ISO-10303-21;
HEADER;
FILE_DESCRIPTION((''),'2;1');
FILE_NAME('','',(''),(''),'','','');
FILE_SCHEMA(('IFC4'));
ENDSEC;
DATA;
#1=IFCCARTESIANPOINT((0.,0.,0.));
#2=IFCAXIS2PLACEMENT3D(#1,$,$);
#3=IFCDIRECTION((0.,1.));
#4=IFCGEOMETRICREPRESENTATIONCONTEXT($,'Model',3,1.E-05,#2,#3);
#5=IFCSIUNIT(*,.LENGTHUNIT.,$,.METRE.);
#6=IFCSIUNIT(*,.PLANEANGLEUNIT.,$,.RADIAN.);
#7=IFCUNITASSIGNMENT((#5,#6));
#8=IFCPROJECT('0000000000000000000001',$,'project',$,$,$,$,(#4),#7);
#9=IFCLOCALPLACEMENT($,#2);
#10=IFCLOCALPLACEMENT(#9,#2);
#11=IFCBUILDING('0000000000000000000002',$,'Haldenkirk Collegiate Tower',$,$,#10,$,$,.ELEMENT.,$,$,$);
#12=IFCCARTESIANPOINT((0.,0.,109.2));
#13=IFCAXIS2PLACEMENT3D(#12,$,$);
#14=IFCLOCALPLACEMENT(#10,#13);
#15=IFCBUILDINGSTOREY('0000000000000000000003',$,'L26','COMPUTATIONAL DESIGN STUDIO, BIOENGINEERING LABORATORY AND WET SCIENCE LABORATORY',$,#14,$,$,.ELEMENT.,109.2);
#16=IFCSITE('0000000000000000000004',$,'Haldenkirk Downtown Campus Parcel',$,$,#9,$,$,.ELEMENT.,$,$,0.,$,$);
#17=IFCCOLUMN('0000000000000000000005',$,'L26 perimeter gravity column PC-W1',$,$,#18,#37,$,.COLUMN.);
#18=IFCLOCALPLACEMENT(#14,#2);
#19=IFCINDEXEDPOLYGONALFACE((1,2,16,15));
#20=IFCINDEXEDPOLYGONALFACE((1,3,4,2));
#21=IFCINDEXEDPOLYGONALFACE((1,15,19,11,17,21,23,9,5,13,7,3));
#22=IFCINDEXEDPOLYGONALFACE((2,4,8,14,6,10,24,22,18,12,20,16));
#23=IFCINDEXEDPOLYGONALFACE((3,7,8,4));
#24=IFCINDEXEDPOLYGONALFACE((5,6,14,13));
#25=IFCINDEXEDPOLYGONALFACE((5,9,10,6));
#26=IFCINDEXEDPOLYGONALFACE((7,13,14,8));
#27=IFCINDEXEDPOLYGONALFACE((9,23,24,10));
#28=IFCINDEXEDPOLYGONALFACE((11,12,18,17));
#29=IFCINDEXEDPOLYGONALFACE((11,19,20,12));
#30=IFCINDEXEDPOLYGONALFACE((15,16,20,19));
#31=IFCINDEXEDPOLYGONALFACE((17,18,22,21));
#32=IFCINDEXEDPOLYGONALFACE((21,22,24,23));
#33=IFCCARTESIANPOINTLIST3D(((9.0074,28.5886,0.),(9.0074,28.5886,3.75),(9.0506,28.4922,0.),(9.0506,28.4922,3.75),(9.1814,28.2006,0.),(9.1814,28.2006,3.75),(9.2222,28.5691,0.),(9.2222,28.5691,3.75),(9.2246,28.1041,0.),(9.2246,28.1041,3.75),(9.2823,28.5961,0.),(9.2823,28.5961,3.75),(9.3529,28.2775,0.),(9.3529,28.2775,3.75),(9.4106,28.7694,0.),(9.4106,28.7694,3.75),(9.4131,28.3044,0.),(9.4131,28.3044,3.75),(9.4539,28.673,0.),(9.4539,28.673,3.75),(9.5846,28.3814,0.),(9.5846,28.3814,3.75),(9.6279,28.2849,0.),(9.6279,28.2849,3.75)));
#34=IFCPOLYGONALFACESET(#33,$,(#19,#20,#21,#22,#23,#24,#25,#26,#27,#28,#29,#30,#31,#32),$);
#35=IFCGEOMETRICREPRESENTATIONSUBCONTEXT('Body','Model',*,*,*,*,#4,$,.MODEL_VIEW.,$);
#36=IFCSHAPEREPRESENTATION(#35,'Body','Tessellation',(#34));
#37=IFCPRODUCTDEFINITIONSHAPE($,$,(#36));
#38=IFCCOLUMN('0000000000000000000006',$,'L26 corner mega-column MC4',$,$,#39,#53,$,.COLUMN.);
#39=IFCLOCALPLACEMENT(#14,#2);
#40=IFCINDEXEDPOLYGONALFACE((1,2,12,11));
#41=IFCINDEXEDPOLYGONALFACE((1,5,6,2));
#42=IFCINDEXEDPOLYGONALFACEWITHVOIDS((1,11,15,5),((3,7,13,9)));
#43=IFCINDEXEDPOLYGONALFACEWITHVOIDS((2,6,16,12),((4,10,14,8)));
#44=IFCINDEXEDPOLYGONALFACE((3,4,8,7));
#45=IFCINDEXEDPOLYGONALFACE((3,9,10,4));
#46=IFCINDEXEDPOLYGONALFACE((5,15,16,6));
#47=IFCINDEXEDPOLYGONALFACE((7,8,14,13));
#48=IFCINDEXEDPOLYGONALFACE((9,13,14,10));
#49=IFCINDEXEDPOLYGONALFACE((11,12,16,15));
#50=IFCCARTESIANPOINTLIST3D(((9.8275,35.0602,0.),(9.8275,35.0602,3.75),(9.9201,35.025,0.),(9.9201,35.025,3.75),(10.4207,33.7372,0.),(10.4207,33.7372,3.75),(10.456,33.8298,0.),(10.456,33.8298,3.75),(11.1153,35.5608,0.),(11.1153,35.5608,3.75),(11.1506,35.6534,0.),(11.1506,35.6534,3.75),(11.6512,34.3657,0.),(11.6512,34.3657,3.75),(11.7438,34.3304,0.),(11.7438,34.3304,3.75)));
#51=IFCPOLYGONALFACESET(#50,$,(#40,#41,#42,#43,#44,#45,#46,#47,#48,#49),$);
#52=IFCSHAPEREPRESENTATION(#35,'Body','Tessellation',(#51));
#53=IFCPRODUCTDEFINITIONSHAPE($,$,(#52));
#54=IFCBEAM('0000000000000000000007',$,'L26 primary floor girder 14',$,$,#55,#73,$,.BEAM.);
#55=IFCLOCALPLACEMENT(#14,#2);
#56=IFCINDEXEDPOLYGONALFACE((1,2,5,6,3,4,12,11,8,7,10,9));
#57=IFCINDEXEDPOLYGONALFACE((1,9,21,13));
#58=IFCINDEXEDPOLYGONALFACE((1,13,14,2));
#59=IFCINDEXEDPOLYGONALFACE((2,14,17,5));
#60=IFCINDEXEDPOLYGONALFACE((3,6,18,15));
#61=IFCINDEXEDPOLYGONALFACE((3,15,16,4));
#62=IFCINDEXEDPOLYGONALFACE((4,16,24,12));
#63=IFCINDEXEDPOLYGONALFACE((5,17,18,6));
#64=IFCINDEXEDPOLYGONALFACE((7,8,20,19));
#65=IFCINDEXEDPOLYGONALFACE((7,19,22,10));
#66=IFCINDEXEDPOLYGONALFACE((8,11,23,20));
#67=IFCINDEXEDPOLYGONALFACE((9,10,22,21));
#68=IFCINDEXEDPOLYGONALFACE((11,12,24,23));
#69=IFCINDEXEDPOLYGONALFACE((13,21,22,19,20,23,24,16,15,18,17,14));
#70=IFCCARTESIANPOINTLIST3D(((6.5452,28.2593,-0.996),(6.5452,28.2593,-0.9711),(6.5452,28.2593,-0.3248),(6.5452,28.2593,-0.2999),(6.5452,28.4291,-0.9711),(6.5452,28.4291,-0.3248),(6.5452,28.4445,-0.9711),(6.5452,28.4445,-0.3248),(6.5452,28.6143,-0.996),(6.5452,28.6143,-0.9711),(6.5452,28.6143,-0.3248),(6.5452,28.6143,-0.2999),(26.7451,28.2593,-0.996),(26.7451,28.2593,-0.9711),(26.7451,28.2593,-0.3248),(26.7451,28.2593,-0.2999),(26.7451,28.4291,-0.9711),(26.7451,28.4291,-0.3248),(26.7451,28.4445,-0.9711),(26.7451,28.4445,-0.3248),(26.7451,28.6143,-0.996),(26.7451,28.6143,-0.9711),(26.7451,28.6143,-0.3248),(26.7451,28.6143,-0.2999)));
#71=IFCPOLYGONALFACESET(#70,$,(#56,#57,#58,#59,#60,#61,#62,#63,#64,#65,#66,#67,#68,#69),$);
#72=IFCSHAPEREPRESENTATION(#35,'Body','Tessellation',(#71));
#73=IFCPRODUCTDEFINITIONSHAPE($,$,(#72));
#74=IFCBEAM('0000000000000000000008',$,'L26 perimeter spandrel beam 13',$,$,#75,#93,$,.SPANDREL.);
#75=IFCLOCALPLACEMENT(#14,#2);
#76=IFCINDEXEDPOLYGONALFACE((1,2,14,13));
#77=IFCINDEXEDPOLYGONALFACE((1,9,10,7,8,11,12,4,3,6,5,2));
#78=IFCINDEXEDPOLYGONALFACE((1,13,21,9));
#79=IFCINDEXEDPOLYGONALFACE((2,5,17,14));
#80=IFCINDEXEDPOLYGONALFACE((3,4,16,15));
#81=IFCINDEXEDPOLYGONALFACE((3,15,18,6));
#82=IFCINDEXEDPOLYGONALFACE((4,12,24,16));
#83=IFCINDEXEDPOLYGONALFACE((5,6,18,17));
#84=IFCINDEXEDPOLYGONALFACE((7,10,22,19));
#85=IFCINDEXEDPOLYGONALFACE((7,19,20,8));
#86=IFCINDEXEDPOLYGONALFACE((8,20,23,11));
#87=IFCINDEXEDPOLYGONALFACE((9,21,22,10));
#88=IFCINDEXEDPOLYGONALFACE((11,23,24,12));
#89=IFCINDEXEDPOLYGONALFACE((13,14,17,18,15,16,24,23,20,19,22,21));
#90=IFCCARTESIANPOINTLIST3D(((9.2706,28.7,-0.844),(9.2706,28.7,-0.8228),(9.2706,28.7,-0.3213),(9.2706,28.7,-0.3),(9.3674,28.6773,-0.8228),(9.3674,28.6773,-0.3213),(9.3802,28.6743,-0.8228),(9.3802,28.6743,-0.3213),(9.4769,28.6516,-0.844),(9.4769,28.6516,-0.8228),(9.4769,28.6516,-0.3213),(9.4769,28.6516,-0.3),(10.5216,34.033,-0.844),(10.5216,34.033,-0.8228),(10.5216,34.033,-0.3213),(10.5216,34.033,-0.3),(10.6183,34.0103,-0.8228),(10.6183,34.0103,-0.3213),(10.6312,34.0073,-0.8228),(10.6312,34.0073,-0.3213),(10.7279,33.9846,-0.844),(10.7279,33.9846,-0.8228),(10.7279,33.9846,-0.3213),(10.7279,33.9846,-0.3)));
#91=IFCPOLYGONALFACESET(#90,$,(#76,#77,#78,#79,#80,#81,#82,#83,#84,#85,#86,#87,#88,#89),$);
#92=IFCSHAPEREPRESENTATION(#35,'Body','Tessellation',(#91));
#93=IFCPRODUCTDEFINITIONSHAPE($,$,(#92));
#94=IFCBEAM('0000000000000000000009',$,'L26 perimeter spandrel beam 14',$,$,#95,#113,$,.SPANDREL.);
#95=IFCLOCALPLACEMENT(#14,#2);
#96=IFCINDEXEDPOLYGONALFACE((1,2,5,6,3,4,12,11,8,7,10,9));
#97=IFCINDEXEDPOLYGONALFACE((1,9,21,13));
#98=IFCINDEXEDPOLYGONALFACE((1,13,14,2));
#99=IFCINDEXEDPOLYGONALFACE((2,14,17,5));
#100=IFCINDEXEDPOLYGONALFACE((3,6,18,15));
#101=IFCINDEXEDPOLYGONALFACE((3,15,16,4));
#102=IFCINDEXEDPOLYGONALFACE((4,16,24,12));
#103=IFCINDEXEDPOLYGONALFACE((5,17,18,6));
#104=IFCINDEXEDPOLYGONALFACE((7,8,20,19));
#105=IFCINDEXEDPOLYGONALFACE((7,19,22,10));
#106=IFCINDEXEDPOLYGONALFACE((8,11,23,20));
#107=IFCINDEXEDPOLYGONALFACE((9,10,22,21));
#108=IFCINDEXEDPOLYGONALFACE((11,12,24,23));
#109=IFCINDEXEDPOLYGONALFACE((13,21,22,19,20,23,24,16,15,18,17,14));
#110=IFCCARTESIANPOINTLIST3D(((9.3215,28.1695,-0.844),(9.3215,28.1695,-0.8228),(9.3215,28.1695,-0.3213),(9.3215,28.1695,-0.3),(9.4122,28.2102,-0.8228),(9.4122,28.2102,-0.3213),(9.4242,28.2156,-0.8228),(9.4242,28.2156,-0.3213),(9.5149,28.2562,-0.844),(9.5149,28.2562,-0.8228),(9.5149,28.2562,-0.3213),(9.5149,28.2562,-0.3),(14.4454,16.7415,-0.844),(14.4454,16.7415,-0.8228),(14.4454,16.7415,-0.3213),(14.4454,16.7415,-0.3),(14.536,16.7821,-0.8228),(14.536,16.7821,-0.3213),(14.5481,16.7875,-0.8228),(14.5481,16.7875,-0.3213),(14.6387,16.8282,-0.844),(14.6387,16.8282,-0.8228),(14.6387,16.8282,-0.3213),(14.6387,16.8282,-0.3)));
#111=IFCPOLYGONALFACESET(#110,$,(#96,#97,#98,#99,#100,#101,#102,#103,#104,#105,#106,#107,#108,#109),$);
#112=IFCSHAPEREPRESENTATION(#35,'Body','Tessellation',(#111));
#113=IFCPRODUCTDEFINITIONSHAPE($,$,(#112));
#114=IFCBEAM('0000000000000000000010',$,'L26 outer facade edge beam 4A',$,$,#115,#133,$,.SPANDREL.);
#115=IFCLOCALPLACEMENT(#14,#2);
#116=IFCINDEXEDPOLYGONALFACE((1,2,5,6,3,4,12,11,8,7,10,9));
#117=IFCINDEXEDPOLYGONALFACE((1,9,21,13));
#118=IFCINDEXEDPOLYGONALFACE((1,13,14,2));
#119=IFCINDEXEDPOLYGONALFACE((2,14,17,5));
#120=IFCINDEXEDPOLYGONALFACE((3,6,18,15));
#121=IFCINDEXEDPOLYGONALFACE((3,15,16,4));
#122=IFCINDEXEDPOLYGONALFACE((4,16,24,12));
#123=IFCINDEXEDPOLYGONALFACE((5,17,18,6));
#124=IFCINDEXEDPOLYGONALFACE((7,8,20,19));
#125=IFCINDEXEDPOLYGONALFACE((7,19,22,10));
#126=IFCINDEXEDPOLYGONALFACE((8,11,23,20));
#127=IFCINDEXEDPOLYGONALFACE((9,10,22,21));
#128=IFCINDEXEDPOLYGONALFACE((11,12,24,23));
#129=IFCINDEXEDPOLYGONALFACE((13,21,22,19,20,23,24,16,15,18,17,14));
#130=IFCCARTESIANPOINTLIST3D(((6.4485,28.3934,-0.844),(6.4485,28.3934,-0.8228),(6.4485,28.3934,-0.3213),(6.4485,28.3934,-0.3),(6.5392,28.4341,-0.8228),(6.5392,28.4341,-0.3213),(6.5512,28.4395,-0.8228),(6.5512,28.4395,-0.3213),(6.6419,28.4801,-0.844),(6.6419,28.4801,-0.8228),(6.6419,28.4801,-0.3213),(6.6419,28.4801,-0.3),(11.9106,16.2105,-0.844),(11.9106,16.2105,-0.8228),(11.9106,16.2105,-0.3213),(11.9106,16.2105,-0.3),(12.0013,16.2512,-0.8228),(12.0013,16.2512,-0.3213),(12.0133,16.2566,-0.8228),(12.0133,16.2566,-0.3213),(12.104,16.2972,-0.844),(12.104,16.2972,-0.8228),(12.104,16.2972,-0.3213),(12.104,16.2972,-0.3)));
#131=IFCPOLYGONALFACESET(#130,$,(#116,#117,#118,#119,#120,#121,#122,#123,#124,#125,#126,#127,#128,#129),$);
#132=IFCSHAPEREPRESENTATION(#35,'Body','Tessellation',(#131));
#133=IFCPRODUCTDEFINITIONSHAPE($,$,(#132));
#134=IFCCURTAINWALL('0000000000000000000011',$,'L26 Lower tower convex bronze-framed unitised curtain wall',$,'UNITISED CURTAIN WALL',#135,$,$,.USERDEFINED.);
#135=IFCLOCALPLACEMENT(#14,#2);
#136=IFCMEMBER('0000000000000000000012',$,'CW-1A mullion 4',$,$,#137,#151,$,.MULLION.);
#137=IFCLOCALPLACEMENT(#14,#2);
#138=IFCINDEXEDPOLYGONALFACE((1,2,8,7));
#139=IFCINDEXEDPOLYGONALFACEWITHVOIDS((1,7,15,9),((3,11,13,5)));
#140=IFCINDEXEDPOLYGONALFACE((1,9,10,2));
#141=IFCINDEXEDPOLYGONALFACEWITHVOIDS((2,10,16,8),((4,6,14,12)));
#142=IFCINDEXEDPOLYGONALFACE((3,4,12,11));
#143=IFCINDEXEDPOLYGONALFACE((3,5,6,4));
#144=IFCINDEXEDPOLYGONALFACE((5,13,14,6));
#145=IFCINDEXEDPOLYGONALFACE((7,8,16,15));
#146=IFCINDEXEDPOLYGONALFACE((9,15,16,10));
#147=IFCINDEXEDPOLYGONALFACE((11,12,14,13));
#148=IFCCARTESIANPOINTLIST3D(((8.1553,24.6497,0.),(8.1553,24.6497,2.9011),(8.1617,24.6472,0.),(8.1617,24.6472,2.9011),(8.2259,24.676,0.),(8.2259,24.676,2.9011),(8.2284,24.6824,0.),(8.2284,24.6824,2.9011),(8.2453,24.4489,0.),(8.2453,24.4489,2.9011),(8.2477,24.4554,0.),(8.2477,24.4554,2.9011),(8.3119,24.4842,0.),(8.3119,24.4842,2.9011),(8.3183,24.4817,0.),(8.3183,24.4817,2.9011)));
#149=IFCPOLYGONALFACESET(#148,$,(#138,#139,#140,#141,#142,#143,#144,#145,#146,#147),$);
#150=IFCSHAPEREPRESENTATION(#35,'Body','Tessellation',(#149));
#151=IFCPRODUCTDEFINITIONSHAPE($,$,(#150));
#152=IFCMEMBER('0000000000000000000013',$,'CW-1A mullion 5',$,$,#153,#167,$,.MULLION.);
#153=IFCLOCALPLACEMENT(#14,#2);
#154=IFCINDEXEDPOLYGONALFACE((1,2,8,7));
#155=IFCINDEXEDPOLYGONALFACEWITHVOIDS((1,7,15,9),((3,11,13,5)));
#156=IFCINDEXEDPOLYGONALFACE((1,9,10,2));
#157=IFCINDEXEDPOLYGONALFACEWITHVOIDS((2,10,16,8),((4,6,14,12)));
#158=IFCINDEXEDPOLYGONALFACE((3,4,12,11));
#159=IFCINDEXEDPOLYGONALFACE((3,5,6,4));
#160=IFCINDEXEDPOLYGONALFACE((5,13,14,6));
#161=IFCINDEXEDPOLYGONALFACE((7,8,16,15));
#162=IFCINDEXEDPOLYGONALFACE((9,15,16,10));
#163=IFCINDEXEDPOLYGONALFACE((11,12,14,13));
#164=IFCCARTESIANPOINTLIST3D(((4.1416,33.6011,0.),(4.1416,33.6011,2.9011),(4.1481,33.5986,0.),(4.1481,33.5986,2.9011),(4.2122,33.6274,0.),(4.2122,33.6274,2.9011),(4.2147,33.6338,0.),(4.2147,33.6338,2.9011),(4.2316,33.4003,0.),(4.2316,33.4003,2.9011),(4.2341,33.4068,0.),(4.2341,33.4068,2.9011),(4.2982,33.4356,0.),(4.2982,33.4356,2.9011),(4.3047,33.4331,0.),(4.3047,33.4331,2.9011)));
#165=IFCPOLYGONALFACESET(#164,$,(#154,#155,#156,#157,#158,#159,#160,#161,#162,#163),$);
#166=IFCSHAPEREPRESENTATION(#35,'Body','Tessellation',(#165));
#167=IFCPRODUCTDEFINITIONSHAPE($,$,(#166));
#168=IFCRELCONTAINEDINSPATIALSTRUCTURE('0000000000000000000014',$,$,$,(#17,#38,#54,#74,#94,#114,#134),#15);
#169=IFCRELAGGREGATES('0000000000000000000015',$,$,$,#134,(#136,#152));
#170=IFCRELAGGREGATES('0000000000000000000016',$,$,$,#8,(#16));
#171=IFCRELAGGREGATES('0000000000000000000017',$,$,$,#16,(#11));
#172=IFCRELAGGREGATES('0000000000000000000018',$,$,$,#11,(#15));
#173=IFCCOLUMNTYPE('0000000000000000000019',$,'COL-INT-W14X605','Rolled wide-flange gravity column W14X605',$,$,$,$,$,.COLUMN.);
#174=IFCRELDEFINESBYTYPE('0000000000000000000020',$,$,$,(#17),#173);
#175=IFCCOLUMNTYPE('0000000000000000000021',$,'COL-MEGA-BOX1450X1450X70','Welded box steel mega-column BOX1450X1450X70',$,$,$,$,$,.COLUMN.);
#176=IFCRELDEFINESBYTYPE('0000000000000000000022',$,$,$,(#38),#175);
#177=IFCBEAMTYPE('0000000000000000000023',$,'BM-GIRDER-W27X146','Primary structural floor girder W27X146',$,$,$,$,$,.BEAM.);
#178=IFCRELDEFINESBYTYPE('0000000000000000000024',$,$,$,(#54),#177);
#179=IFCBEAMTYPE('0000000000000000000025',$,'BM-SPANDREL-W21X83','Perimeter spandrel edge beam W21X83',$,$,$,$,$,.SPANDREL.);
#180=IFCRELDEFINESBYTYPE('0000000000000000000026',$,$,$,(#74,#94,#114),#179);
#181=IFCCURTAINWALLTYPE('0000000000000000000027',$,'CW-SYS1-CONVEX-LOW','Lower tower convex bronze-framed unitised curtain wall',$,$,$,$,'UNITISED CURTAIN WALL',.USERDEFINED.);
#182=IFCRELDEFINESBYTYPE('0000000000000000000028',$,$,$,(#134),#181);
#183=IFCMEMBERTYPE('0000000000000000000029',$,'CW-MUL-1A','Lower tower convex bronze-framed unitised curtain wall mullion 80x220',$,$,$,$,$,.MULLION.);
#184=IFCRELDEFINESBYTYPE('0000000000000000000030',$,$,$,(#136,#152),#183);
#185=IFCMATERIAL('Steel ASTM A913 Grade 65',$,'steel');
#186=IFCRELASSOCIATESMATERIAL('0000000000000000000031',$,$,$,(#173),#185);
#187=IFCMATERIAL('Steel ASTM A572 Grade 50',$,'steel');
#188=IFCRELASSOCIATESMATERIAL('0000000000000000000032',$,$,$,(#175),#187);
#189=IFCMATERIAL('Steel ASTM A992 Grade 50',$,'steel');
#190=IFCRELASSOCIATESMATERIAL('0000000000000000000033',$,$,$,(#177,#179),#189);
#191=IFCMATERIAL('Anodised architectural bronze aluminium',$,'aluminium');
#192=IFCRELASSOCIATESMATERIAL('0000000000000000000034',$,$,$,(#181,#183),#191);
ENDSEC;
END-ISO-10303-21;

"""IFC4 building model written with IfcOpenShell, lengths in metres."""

from ifc_helpers import new_model, si_unit, direction, frame, origin, origin_2d, place, context, subcontext, project, spatial, hollow_rectangle, i_section, extrude, material, material_profile, profile_set, type_object, element, aggregate, save


model = new_model("IFC4")

# Units and contexts
model_context = context("Model", 3, precision=1e-05, world=origin(), true_north=direction((0.0, 1.0)))
body_context = subcontext(model_context, "Body", "Model", "MODEL_VIEW")
ifc_project = project(units=[si_unit("LENGTHUNIT", "METRE"), si_unit("PLANEANGLEUNIT", "RADIAN")], contexts=[model_context])

# Site, building, storey
site_placement = place(None, origin())
site = spatial("IfcSite", under=ifc_project, at=site_placement, Name="Haldenkirk Downtown Campus Parcel", CompositionType="ELEMENT", RefElevation=0.0)
building_placement = place(site_placement, origin())
building = spatial("IfcBuilding", under=site, at=building_placement, Name="Haldenkirk Collegiate Tower", CompositionType="ELEMENT")
storey_placement = place(building_placement, frame((0.0, 0.0, 109.2)))
storey = spatial("IfcBuildingStorey", under=building, at=storey_placement, Name="L26", Description="COMPUTATIONAL DESIGN STUDIO, BIOENGINEERING LABORATORY AND WET SCIENCE LABORATORY", CompositionType="ELEMENT", Elevation=109.2)

# Columns
ifc_material_1 = material(Name="Steel ASTM A913 Grade 65", Category="steel")
ifc_material_profile_1 = material_profile(ifc_material_1, i_section(OverallWidth=0.4419, OverallDepth=0.531, WebThickness=0.0659, FlangeThickness=0.1057, at=origin_2d()), Name="W14X605")
ifc_profile_set_1 = profile_set([ifc_material_profile_1], Name="Steel ASTM A913 Grade 65")
column_type_1 = type_object("IfcColumnType", Name="COL-INT-W14X605", Description="Rolled wide-flange gravity column W14X605", PredefinedType="COLUMN", material=ifc_profile_set_1)
column_1_placement = place(storey_placement, frame((9.3176, 28.4368, 0.0), z_axis=(0.0, 0.0, 1.0), x_axis=(0.912477, 0.409127, 0.0)))
element("IfcColumn", 1, at=column_1_placement, inside=storey, type_object=column_type_1, Name="L26 perimeter gravity column PC-W1", PredefinedType="COLUMN", context=body_context, shape_type="SweptSolid", body=[
    extrude(i_section(OverallWidth=0.4419, OverallDepth=0.531, WebThickness=0.0659, FlangeThickness=0.1057, at=origin_2d()), origin(), (0.0, 0.0, 1.0), 3.75),
])
ifc_material_2 = material(Name="Steel ASTM A572 Grade 50", Category="steel")
ifc_material_profile_2 = material_profile(ifc_material_2, hollow_rectangle(XDim=1.45, YDim=1.45, WallThickness=0.0701, at=origin_2d()), Name="BOX1450X1450X70")
ifc_profile_set_2 = profile_set([ifc_material_profile_2], Name="Steel ASTM A572 Grade 50")
column_type_2 = type_object("IfcColumnType", Name="COL-MEGA-BOX1450X1450X70", Description="Welded box steel mega-column BOX1450X1450X70", PredefinedType="COLUMN", material=ifc_profile_set_2)
column_2_placement = place(storey_placement, frame((10.7856, 34.6953, 0.0), z_axis=(0.0, 0.0, 1.0), x_axis=(0.912477, 0.409127, 0.0)))
element("IfcColumn", 2, at=column_2_placement, inside=storey, type_object=column_type_2, Name="L26 corner mega-column MC4", PredefinedType="COLUMN", context=body_context, shape_type="SweptSolid", body=[
    extrude(hollow_rectangle(XDim=1.45, YDim=1.45, WallThickness=0.0701, at=origin_2d()), origin(), (0.0, 0.0, 1.0), 3.75),
])

# Beams
ifc_material_3 = material(Name="Steel ASTM A992 Grade 50", Category="steel")
ifc_material_profile_3 = material_profile(ifc_material_3, i_section(OverallWidth=0.355, OverallDepth=0.696, WebThickness=0.0154, FlangeThickness=0.0249, at=origin_2d()), Name="W27X146")
ifc_profile_set_3 = profile_set([ifc_material_profile_3], Name="Steel ASTM A992 Grade 50")
beam_type_1 = type_object("IfcBeamType", Name="BM-GIRDER-W27X146", Description="Primary structural floor girder W27X146", PredefinedType="BEAM", material=ifc_profile_set_3)
beam_1_placement = place(storey_placement, frame((6.5452, 28.4368, -0.6479), z_axis=(1.0, 0.0, 0.0), x_axis=(0.0, 1.0, 0.0)))
element("IfcBeam", 3, at=beam_1_placement, inside=storey, type_object=beam_type_1, Name="L26 primary floor girder 14", PredefinedType="BEAM", context=body_context, shape_type="SweptSolid", body=[
    extrude(i_section(OverallWidth=0.355, OverallDepth=0.696, WebThickness=0.0154, FlangeThickness=0.0249, at=origin_2d()), origin(), (0.0, 0.0, 1.0), 20.2),
])
ifc_material_profile_4 = material_profile(ifc_material_3, i_section(OverallWidth=0.2119, OverallDepth=0.5439, WebThickness=0.0132, FlangeThickness=0.0212, at=origin_2d()), Name="W21X83")
ifc_profile_set_4 = profile_set([ifc_material_profile_4], Name="Steel ASTM A992 Grade 50")
beam_type_2 = type_object("IfcBeamType", Name="BM-SPANDREL-W21X83", Description="Perimeter spandrel edge beam W21X83", PredefinedType="SPANDREL", material=ifc_profile_set_4)
beam_2_placement = place(storey_placement, frame((10.6248, 34.0088, -0.572), z_axis=(-0.228374, -0.973574, 0.0), x_axis=(0.973574, -0.228374, 0.0)))
element("IfcBeam", 4, at=beam_2_placement, inside=storey, type_object=beam_type_2, Name="L26 perimeter spandrel beam 13", PredefinedType="SPANDREL", context=body_context, shape_type="SweptSolid", body=[
    extrude(i_section(OverallWidth=0.2119, OverallDepth=0.5439, WebThickness=0.0132, FlangeThickness=0.0212, at=origin_2d()), origin(), (0.0, 0.0, 1.0), 5.4778),
])
beam_3_placement = place(storey_placement, frame((9.4182, 28.2129, -0.572), z_axis=(0.409115, -0.912483, 0.0), x_axis=(0.912483, 0.409115, 0.0)))
element("IfcBeam", 5, at=beam_3_placement, inside=storey, type_object=beam_type_2, Name="L26 perimeter spandrel beam 14", PredefinedType="SPANDREL", context=body_context, shape_type="SweptSolid", body=[
    extrude(i_section(OverallWidth=0.2119, OverallDepth=0.5439, WebThickness=0.0132, FlangeThickness=0.0212, at=origin_2d()), origin(), (0.0, 0.0, 1.0), 12.5242),
])
beam_4_placement = place(storey_placement, frame((6.5452, 28.4368, -0.572), z_axis=(0.409111, -0.912485, 0.0), x_axis=(0.912485, 0.409111, 0.0)))
element("IfcBeam", 6, at=beam_4_placement, inside=storey, type_object=beam_type_2, Name="L26 outer facade edge beam 4A", PredefinedType="SPANDREL", context=body_context, shape_type="SweptSolid", body=[
    extrude(i_section(OverallWidth=0.2119, OverallDepth=0.5439, WebThickness=0.0132, FlangeThickness=0.0212, at=origin_2d()), origin(), (0.0, 0.0, 1.0), 13.3513),
])

# Curtain wall, members
ifc_material_4 = material(Name="Anodised architectural bronze aluminium", Category="aluminium")
curtain_wall_type = type_object("IfcCurtainWallType", Name="CW-SYS1-CONVEX-LOW", Description="Lower tower convex bronze-framed unitised curtain wall", ElementType="UNITISED CURTAIN WALL", PredefinedType="USERDEFINED", material=ifc_material_4)
curtain_wall_placement = place(storey_placement, origin())
curtain_wall = element("IfcCurtainWall", 7, at=curtain_wall_placement, inside=storey, type_object=curtain_wall_type, Name="L26 Lower tower convex bronze-framed unitised curtain wall", ObjectType="UNITISED CURTAIN WALL", PredefinedType="USERDEFINED")
ifc_material_profile_5 = material_profile(ifc_material_4, hollow_rectangle(XDim=0.0801, YDim=0.22, WallThickness=0.0049, at=origin_2d()), Name="CW-MUL-1A")
ifc_profile_set_5 = profile_set([ifc_material_profile_5], Name="Anodised architectural bronze aluminium")
member_type_1 = type_object("IfcMemberType", Name="CW-MUL-1A", Description="Lower tower convex bronze-framed unitised curtain wall mullion 80x220", PredefinedType="MULLION", material=ifc_profile_set_5)
member_1_placement = place(storey_placement, frame((8.2368, 24.5657, 0.0), z_axis=(0.0, 0.0, 1.0), x_axis=(-0.912478, -0.409126, 0.0)))
member_1 = element("IfcMember", 8, at=member_1_placement, type_object=member_type_1, Name="CW-1A mullion 4", PredefinedType="MULLION", context=body_context, shape_type="SweptSolid", body=[
    extrude(hollow_rectangle(XDim=0.0801, YDim=0.22, WallThickness=0.0049, at=origin_2d()), origin(), (0.0, 0.0, 1.0), 2.9011),
])
member_2_placement = place(storey_placement, frame((4.2231, 33.5171, 0.0), z_axis=(0.0, 0.0, 1.0), x_axis=(-0.912478, -0.409126, 0.0)))
member_2 = element("IfcMember", 9, at=member_2_placement, type_object=member_type_1, Name="CW-1A mullion 5", PredefinedType="MULLION", context=body_context, shape_type="SweptSolid", body=[
    extrude(hollow_rectangle(XDim=0.0801, YDim=0.22, WallThickness=0.0049, at=origin_2d()), origin(), (0.0, 0.0, 1.0), 2.9011),
])

aggregate(curtain_wall, [member_1, member_2])

save(model, "model.ifc")
